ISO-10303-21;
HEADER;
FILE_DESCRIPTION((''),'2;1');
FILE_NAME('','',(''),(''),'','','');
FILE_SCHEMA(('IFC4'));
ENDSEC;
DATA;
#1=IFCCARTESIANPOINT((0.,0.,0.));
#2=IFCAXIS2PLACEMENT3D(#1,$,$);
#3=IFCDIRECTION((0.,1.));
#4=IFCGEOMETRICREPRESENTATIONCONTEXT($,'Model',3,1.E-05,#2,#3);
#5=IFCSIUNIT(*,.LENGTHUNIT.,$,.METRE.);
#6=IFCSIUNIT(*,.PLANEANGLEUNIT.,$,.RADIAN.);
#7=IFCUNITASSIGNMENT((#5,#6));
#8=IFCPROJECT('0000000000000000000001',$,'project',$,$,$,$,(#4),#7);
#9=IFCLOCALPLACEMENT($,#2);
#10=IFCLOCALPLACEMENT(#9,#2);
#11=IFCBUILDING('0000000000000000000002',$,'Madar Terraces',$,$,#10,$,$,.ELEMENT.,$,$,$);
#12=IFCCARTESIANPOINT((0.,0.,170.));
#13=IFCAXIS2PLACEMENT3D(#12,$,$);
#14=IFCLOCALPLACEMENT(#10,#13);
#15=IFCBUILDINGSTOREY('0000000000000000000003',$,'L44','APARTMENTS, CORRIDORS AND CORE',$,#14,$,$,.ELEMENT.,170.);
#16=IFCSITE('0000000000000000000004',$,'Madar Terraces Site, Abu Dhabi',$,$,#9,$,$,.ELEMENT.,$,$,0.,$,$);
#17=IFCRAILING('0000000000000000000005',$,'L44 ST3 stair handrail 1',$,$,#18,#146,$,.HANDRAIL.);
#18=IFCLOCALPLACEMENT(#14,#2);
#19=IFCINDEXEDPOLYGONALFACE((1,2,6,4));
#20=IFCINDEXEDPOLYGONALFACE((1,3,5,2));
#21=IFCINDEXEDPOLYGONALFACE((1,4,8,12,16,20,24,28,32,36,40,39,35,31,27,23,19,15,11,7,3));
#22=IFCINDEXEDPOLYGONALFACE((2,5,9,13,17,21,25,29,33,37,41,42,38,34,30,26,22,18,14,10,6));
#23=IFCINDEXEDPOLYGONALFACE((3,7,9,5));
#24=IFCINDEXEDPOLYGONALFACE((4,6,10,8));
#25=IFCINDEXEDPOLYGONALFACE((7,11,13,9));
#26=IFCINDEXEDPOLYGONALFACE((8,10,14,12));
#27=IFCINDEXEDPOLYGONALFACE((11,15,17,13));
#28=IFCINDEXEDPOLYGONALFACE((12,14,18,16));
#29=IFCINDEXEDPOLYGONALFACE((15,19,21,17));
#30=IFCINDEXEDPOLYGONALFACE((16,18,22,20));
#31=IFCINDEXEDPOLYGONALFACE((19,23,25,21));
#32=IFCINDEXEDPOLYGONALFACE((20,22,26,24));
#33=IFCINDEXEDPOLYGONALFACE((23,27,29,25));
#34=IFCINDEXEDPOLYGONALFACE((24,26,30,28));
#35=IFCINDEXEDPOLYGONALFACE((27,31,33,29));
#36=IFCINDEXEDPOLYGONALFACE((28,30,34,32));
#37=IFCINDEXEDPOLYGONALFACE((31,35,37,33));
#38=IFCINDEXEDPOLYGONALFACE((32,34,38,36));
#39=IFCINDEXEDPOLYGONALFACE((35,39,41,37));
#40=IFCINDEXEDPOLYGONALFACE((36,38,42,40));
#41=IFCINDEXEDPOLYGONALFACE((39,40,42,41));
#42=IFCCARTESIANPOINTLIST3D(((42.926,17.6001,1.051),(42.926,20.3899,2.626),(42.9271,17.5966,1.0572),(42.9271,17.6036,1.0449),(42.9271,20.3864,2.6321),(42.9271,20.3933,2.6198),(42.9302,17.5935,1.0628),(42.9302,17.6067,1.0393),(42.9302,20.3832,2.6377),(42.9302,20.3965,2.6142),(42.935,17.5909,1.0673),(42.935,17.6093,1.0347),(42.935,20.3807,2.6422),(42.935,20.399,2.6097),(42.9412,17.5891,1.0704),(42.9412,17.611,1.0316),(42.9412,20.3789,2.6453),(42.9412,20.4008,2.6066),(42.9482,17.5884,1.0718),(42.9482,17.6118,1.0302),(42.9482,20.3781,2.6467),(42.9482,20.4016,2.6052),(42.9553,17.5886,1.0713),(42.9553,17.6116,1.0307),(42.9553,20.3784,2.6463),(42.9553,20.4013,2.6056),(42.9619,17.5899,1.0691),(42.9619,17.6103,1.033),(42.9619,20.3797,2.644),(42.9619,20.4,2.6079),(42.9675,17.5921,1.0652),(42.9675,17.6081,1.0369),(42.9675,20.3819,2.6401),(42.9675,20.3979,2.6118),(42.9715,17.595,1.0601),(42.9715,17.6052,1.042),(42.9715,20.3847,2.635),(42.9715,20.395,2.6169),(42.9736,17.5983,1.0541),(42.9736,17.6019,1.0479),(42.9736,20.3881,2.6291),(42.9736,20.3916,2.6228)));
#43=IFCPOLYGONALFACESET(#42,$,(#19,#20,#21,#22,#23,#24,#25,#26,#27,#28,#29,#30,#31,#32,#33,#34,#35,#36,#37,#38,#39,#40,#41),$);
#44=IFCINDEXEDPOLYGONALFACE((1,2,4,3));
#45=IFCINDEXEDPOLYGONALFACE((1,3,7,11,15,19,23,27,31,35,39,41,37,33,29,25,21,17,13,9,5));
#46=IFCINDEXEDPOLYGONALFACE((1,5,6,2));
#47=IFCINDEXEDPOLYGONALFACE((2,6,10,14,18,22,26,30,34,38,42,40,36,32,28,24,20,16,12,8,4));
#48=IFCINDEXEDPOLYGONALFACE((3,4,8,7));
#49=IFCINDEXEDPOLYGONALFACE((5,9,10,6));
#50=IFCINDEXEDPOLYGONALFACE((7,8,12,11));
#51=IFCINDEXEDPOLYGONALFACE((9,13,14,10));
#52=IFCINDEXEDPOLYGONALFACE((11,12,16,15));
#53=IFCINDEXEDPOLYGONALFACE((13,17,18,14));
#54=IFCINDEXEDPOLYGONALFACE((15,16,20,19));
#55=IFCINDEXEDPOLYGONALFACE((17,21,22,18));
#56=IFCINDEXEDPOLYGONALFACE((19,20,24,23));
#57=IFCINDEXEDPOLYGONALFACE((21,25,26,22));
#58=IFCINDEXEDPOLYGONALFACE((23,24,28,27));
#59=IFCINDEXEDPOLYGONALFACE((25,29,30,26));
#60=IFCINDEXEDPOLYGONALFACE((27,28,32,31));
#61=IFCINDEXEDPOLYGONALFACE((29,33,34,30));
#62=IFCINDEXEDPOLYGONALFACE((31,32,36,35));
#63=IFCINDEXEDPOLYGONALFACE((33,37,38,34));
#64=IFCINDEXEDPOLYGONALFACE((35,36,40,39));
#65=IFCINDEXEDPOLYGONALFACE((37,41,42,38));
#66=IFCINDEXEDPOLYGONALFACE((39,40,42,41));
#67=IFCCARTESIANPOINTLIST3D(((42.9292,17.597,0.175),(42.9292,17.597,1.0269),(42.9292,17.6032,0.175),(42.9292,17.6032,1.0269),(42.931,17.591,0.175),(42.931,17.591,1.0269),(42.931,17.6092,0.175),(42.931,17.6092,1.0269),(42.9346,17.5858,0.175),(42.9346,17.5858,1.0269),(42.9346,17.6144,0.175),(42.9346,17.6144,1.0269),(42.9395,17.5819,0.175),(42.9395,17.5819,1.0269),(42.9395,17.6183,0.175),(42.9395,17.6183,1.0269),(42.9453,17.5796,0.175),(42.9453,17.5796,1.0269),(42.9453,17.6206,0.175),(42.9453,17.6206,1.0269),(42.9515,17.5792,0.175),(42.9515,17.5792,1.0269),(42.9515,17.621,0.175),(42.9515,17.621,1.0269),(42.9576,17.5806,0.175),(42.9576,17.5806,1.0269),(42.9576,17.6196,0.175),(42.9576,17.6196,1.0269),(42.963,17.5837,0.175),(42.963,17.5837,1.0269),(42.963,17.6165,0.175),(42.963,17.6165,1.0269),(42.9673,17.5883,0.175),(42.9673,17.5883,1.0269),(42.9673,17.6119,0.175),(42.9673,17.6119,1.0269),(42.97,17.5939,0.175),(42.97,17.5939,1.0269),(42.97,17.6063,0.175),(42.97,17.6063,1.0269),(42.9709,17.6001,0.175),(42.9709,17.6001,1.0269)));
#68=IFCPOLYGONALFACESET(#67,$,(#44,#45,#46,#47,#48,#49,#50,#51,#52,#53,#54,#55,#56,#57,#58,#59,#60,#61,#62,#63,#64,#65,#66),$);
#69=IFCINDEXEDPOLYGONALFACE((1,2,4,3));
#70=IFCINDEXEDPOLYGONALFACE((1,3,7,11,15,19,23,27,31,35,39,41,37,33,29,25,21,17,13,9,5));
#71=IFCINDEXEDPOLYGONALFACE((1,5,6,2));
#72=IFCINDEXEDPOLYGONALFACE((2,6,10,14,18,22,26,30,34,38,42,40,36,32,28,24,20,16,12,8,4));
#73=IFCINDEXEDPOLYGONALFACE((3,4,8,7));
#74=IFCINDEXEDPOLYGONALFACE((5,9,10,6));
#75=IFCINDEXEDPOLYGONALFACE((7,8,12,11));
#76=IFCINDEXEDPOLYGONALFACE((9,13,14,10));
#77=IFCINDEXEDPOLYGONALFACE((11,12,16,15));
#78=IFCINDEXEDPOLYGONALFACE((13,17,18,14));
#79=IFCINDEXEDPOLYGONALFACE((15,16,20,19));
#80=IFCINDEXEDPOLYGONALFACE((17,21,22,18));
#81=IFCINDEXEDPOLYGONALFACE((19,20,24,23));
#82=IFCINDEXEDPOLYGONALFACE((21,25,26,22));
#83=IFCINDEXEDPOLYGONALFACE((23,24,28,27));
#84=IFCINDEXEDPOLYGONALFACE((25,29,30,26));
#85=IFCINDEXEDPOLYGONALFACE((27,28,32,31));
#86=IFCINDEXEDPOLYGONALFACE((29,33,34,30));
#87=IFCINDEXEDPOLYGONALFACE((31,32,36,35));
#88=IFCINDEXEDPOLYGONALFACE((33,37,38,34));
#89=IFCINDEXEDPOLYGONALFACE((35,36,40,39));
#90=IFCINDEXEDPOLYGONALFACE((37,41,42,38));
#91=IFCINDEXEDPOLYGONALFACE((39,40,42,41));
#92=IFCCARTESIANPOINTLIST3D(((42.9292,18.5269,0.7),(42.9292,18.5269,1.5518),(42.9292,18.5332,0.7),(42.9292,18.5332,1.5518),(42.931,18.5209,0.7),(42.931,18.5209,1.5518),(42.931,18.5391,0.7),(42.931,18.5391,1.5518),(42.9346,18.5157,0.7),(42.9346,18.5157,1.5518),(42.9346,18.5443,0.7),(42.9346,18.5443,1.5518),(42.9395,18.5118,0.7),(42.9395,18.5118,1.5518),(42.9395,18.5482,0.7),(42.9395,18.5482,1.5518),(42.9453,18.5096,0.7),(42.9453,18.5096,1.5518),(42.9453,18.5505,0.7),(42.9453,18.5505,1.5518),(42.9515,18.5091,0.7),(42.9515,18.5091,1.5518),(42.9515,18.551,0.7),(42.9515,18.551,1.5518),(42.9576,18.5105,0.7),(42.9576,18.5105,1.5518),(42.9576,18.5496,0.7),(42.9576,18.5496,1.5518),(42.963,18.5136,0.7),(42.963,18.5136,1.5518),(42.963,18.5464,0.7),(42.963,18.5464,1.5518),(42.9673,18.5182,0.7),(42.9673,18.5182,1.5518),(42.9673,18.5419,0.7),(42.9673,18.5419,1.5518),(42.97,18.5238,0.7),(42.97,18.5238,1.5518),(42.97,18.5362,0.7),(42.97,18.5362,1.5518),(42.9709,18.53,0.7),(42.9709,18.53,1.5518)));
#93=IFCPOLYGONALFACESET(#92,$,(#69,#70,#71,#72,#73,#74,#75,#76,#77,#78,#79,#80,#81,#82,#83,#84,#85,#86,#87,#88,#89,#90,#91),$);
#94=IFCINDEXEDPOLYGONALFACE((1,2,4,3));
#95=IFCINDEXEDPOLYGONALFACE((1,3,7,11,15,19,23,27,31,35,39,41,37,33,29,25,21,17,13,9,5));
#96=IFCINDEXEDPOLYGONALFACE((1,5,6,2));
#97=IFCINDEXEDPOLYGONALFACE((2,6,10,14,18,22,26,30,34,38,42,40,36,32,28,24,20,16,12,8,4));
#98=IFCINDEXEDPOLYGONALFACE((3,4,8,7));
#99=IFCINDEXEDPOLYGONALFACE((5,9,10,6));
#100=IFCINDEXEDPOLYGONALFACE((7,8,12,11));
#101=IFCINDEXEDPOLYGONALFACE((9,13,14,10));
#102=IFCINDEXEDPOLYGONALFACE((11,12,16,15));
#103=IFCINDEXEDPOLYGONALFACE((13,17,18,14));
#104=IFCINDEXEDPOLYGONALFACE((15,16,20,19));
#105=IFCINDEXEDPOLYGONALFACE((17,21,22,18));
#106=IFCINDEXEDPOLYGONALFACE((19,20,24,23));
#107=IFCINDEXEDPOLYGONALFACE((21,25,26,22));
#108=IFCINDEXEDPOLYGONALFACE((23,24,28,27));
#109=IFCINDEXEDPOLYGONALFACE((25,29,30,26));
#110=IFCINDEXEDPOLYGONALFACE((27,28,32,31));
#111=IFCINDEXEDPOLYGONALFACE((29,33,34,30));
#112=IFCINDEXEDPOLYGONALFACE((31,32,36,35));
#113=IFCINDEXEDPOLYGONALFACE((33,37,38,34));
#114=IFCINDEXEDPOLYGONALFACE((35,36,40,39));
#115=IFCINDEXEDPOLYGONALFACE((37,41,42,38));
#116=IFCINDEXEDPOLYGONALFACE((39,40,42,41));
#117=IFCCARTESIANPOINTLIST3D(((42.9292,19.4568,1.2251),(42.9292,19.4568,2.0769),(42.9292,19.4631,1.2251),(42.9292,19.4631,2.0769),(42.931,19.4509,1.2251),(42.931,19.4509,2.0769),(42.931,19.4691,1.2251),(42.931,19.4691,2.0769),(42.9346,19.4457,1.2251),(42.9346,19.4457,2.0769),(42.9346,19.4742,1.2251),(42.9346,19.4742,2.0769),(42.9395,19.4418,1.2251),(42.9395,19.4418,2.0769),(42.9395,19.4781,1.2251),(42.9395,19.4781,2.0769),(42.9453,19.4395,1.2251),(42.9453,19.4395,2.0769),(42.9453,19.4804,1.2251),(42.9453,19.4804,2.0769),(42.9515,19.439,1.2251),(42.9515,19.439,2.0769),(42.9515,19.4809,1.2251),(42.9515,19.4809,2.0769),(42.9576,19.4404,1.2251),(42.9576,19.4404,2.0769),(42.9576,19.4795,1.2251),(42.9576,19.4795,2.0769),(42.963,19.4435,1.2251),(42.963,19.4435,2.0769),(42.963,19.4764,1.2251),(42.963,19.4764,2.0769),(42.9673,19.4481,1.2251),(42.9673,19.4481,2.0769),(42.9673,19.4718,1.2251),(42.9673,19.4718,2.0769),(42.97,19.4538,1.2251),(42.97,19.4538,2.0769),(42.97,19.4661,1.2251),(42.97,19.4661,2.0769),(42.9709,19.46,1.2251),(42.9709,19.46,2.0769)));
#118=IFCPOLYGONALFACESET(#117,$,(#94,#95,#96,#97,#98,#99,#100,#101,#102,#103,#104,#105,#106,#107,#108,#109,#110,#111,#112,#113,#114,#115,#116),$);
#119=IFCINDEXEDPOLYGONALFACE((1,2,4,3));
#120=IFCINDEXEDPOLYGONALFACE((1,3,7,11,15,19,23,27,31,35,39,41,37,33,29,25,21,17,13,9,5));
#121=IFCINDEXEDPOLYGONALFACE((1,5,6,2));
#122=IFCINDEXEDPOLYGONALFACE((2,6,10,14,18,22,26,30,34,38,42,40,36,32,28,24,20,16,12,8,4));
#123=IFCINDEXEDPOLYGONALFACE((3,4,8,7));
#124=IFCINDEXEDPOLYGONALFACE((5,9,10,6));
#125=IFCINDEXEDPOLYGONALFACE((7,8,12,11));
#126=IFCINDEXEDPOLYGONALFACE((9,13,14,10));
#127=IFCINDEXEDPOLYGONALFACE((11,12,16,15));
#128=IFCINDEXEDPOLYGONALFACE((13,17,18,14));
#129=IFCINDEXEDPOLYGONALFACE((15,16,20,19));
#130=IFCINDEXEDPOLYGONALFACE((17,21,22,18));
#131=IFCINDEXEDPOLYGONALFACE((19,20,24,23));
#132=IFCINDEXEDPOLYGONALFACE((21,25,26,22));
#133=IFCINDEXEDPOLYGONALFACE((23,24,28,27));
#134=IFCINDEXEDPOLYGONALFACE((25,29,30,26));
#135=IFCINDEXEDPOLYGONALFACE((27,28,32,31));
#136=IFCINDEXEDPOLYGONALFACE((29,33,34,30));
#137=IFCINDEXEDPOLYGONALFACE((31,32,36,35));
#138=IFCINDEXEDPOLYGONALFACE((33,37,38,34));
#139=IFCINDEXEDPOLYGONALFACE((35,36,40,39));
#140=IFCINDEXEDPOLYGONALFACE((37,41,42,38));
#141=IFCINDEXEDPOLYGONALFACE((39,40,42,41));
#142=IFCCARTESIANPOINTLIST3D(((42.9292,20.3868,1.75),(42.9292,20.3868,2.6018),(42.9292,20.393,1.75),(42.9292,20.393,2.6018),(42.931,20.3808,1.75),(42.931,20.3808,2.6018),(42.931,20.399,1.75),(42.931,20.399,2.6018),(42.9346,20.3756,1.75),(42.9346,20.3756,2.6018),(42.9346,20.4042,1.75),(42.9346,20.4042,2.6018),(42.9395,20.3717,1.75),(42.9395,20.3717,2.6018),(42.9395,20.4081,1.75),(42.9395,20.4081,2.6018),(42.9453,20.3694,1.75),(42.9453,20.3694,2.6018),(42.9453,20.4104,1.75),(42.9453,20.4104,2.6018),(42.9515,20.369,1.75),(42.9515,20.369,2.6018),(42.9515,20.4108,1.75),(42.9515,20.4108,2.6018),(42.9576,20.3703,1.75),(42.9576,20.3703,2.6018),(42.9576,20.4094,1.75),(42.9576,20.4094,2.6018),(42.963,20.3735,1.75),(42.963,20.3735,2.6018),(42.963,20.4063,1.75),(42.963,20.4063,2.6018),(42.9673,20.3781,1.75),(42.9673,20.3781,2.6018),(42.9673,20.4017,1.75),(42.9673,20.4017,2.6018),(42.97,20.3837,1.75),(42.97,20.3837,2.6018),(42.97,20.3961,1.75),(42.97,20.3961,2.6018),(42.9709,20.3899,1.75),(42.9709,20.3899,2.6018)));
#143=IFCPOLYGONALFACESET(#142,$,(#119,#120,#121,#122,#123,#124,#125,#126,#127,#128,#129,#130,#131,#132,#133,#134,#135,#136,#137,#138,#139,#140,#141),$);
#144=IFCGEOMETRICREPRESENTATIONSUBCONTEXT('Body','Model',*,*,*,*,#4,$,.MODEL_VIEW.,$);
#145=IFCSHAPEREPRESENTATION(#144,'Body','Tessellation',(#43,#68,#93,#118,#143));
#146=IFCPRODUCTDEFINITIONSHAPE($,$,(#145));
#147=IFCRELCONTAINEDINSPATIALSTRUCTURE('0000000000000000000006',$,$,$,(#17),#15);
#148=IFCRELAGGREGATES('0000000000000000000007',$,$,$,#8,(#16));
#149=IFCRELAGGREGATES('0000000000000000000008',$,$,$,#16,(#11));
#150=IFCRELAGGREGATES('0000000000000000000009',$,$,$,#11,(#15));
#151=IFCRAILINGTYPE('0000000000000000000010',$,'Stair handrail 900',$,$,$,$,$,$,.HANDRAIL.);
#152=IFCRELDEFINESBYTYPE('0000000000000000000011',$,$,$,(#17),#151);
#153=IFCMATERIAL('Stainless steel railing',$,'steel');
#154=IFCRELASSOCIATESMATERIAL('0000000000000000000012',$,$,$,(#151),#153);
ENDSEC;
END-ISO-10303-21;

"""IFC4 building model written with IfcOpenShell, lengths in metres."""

from ifc_helpers import new_model, si_unit, direction, frame, origin, origin_2d, place, context, subcontext, project, spatial, circle, extrude, material, type_object, element, save


model = new_model("IFC4")

# Units and contexts
model_context = context("Model", 3, precision=1e-05, world=origin(), true_north=direction((0.0, 1.0)))
body_context = subcontext(model_context, "Body", "Model", "MODEL_VIEW")
ifc_project = project(units=[si_unit("LENGTHUNIT", "METRE"), si_unit("PLANEANGLEUNIT", "RADIAN")], contexts=[model_context])

# Site, building, storey
site_placement = place(None, origin())
site = spatial("IfcSite", under=ifc_project, at=site_placement, Name="Madar Terraces Site, Abu Dhabi", CompositionType="ELEMENT", RefElevation=0.0)
building_placement = place(site_placement, origin())
building = spatial("IfcBuilding", under=site, at=building_placement, Name="Madar Terraces", CompositionType="ELEMENT")
storey_placement = place(building_placement, frame((0.0, 0.0, 170.0)))
storey = spatial("IfcBuildingStorey", under=building, at=storey_placement, Name="L44", Description="APARTMENTS, CORRIDORS AND CORE", CompositionType="ELEMENT", Elevation=170.0)

# Railing
ifc_material_1 = material(Name="Stainless steel railing", Category="steel")
railing_type_1 = type_object("IfcRailingType", Name="Stair handrail 900", PredefinedType="HANDRAIL", material=ifc_material_1)
railing_1_placement = place(storey_placement, frame((42.95, 17.6001, 0.175)))
element("IfcRailing", 1, at=railing_1_placement, inside=storey, type_object=railing_type_1, Name="L44 ST3 stair handrail 1", PredefinedType="HANDRAIL", context=body_context, shape_type="SweptSolid", body=[
    extrude(circle(Radius=0.0239, at=origin_2d()), frame((0.0, 0.0, 0.876), z_axis=(0.0, 0.870815, 0.49161), x_axis=(-1.0, 0.0, 0.0)), (0.0, 0.0, 1.0), 3.2036),
    extrude(circle(Radius=0.021, at=origin_2d()), origin(), (0.0, 0.0, 1.0), 0.8518),
    extrude(circle(Radius=0.021, at=origin_2d()), frame((0.0, 0.9299, 0.5249)), (0.0, 0.0, 1.0), 0.8518),
    extrude(circle(Radius=0.021, at=origin_2d()), frame((0.0, 1.8599, 1.05)), (0.0, 0.0, 1.0), 0.8518),
    extrude(circle(Radius=0.021, at=origin_2d()), frame((0.0, 2.7898, 1.575)), (0.0, 0.0, 1.0), 0.8518),
])

save(model, "model.ifc")
